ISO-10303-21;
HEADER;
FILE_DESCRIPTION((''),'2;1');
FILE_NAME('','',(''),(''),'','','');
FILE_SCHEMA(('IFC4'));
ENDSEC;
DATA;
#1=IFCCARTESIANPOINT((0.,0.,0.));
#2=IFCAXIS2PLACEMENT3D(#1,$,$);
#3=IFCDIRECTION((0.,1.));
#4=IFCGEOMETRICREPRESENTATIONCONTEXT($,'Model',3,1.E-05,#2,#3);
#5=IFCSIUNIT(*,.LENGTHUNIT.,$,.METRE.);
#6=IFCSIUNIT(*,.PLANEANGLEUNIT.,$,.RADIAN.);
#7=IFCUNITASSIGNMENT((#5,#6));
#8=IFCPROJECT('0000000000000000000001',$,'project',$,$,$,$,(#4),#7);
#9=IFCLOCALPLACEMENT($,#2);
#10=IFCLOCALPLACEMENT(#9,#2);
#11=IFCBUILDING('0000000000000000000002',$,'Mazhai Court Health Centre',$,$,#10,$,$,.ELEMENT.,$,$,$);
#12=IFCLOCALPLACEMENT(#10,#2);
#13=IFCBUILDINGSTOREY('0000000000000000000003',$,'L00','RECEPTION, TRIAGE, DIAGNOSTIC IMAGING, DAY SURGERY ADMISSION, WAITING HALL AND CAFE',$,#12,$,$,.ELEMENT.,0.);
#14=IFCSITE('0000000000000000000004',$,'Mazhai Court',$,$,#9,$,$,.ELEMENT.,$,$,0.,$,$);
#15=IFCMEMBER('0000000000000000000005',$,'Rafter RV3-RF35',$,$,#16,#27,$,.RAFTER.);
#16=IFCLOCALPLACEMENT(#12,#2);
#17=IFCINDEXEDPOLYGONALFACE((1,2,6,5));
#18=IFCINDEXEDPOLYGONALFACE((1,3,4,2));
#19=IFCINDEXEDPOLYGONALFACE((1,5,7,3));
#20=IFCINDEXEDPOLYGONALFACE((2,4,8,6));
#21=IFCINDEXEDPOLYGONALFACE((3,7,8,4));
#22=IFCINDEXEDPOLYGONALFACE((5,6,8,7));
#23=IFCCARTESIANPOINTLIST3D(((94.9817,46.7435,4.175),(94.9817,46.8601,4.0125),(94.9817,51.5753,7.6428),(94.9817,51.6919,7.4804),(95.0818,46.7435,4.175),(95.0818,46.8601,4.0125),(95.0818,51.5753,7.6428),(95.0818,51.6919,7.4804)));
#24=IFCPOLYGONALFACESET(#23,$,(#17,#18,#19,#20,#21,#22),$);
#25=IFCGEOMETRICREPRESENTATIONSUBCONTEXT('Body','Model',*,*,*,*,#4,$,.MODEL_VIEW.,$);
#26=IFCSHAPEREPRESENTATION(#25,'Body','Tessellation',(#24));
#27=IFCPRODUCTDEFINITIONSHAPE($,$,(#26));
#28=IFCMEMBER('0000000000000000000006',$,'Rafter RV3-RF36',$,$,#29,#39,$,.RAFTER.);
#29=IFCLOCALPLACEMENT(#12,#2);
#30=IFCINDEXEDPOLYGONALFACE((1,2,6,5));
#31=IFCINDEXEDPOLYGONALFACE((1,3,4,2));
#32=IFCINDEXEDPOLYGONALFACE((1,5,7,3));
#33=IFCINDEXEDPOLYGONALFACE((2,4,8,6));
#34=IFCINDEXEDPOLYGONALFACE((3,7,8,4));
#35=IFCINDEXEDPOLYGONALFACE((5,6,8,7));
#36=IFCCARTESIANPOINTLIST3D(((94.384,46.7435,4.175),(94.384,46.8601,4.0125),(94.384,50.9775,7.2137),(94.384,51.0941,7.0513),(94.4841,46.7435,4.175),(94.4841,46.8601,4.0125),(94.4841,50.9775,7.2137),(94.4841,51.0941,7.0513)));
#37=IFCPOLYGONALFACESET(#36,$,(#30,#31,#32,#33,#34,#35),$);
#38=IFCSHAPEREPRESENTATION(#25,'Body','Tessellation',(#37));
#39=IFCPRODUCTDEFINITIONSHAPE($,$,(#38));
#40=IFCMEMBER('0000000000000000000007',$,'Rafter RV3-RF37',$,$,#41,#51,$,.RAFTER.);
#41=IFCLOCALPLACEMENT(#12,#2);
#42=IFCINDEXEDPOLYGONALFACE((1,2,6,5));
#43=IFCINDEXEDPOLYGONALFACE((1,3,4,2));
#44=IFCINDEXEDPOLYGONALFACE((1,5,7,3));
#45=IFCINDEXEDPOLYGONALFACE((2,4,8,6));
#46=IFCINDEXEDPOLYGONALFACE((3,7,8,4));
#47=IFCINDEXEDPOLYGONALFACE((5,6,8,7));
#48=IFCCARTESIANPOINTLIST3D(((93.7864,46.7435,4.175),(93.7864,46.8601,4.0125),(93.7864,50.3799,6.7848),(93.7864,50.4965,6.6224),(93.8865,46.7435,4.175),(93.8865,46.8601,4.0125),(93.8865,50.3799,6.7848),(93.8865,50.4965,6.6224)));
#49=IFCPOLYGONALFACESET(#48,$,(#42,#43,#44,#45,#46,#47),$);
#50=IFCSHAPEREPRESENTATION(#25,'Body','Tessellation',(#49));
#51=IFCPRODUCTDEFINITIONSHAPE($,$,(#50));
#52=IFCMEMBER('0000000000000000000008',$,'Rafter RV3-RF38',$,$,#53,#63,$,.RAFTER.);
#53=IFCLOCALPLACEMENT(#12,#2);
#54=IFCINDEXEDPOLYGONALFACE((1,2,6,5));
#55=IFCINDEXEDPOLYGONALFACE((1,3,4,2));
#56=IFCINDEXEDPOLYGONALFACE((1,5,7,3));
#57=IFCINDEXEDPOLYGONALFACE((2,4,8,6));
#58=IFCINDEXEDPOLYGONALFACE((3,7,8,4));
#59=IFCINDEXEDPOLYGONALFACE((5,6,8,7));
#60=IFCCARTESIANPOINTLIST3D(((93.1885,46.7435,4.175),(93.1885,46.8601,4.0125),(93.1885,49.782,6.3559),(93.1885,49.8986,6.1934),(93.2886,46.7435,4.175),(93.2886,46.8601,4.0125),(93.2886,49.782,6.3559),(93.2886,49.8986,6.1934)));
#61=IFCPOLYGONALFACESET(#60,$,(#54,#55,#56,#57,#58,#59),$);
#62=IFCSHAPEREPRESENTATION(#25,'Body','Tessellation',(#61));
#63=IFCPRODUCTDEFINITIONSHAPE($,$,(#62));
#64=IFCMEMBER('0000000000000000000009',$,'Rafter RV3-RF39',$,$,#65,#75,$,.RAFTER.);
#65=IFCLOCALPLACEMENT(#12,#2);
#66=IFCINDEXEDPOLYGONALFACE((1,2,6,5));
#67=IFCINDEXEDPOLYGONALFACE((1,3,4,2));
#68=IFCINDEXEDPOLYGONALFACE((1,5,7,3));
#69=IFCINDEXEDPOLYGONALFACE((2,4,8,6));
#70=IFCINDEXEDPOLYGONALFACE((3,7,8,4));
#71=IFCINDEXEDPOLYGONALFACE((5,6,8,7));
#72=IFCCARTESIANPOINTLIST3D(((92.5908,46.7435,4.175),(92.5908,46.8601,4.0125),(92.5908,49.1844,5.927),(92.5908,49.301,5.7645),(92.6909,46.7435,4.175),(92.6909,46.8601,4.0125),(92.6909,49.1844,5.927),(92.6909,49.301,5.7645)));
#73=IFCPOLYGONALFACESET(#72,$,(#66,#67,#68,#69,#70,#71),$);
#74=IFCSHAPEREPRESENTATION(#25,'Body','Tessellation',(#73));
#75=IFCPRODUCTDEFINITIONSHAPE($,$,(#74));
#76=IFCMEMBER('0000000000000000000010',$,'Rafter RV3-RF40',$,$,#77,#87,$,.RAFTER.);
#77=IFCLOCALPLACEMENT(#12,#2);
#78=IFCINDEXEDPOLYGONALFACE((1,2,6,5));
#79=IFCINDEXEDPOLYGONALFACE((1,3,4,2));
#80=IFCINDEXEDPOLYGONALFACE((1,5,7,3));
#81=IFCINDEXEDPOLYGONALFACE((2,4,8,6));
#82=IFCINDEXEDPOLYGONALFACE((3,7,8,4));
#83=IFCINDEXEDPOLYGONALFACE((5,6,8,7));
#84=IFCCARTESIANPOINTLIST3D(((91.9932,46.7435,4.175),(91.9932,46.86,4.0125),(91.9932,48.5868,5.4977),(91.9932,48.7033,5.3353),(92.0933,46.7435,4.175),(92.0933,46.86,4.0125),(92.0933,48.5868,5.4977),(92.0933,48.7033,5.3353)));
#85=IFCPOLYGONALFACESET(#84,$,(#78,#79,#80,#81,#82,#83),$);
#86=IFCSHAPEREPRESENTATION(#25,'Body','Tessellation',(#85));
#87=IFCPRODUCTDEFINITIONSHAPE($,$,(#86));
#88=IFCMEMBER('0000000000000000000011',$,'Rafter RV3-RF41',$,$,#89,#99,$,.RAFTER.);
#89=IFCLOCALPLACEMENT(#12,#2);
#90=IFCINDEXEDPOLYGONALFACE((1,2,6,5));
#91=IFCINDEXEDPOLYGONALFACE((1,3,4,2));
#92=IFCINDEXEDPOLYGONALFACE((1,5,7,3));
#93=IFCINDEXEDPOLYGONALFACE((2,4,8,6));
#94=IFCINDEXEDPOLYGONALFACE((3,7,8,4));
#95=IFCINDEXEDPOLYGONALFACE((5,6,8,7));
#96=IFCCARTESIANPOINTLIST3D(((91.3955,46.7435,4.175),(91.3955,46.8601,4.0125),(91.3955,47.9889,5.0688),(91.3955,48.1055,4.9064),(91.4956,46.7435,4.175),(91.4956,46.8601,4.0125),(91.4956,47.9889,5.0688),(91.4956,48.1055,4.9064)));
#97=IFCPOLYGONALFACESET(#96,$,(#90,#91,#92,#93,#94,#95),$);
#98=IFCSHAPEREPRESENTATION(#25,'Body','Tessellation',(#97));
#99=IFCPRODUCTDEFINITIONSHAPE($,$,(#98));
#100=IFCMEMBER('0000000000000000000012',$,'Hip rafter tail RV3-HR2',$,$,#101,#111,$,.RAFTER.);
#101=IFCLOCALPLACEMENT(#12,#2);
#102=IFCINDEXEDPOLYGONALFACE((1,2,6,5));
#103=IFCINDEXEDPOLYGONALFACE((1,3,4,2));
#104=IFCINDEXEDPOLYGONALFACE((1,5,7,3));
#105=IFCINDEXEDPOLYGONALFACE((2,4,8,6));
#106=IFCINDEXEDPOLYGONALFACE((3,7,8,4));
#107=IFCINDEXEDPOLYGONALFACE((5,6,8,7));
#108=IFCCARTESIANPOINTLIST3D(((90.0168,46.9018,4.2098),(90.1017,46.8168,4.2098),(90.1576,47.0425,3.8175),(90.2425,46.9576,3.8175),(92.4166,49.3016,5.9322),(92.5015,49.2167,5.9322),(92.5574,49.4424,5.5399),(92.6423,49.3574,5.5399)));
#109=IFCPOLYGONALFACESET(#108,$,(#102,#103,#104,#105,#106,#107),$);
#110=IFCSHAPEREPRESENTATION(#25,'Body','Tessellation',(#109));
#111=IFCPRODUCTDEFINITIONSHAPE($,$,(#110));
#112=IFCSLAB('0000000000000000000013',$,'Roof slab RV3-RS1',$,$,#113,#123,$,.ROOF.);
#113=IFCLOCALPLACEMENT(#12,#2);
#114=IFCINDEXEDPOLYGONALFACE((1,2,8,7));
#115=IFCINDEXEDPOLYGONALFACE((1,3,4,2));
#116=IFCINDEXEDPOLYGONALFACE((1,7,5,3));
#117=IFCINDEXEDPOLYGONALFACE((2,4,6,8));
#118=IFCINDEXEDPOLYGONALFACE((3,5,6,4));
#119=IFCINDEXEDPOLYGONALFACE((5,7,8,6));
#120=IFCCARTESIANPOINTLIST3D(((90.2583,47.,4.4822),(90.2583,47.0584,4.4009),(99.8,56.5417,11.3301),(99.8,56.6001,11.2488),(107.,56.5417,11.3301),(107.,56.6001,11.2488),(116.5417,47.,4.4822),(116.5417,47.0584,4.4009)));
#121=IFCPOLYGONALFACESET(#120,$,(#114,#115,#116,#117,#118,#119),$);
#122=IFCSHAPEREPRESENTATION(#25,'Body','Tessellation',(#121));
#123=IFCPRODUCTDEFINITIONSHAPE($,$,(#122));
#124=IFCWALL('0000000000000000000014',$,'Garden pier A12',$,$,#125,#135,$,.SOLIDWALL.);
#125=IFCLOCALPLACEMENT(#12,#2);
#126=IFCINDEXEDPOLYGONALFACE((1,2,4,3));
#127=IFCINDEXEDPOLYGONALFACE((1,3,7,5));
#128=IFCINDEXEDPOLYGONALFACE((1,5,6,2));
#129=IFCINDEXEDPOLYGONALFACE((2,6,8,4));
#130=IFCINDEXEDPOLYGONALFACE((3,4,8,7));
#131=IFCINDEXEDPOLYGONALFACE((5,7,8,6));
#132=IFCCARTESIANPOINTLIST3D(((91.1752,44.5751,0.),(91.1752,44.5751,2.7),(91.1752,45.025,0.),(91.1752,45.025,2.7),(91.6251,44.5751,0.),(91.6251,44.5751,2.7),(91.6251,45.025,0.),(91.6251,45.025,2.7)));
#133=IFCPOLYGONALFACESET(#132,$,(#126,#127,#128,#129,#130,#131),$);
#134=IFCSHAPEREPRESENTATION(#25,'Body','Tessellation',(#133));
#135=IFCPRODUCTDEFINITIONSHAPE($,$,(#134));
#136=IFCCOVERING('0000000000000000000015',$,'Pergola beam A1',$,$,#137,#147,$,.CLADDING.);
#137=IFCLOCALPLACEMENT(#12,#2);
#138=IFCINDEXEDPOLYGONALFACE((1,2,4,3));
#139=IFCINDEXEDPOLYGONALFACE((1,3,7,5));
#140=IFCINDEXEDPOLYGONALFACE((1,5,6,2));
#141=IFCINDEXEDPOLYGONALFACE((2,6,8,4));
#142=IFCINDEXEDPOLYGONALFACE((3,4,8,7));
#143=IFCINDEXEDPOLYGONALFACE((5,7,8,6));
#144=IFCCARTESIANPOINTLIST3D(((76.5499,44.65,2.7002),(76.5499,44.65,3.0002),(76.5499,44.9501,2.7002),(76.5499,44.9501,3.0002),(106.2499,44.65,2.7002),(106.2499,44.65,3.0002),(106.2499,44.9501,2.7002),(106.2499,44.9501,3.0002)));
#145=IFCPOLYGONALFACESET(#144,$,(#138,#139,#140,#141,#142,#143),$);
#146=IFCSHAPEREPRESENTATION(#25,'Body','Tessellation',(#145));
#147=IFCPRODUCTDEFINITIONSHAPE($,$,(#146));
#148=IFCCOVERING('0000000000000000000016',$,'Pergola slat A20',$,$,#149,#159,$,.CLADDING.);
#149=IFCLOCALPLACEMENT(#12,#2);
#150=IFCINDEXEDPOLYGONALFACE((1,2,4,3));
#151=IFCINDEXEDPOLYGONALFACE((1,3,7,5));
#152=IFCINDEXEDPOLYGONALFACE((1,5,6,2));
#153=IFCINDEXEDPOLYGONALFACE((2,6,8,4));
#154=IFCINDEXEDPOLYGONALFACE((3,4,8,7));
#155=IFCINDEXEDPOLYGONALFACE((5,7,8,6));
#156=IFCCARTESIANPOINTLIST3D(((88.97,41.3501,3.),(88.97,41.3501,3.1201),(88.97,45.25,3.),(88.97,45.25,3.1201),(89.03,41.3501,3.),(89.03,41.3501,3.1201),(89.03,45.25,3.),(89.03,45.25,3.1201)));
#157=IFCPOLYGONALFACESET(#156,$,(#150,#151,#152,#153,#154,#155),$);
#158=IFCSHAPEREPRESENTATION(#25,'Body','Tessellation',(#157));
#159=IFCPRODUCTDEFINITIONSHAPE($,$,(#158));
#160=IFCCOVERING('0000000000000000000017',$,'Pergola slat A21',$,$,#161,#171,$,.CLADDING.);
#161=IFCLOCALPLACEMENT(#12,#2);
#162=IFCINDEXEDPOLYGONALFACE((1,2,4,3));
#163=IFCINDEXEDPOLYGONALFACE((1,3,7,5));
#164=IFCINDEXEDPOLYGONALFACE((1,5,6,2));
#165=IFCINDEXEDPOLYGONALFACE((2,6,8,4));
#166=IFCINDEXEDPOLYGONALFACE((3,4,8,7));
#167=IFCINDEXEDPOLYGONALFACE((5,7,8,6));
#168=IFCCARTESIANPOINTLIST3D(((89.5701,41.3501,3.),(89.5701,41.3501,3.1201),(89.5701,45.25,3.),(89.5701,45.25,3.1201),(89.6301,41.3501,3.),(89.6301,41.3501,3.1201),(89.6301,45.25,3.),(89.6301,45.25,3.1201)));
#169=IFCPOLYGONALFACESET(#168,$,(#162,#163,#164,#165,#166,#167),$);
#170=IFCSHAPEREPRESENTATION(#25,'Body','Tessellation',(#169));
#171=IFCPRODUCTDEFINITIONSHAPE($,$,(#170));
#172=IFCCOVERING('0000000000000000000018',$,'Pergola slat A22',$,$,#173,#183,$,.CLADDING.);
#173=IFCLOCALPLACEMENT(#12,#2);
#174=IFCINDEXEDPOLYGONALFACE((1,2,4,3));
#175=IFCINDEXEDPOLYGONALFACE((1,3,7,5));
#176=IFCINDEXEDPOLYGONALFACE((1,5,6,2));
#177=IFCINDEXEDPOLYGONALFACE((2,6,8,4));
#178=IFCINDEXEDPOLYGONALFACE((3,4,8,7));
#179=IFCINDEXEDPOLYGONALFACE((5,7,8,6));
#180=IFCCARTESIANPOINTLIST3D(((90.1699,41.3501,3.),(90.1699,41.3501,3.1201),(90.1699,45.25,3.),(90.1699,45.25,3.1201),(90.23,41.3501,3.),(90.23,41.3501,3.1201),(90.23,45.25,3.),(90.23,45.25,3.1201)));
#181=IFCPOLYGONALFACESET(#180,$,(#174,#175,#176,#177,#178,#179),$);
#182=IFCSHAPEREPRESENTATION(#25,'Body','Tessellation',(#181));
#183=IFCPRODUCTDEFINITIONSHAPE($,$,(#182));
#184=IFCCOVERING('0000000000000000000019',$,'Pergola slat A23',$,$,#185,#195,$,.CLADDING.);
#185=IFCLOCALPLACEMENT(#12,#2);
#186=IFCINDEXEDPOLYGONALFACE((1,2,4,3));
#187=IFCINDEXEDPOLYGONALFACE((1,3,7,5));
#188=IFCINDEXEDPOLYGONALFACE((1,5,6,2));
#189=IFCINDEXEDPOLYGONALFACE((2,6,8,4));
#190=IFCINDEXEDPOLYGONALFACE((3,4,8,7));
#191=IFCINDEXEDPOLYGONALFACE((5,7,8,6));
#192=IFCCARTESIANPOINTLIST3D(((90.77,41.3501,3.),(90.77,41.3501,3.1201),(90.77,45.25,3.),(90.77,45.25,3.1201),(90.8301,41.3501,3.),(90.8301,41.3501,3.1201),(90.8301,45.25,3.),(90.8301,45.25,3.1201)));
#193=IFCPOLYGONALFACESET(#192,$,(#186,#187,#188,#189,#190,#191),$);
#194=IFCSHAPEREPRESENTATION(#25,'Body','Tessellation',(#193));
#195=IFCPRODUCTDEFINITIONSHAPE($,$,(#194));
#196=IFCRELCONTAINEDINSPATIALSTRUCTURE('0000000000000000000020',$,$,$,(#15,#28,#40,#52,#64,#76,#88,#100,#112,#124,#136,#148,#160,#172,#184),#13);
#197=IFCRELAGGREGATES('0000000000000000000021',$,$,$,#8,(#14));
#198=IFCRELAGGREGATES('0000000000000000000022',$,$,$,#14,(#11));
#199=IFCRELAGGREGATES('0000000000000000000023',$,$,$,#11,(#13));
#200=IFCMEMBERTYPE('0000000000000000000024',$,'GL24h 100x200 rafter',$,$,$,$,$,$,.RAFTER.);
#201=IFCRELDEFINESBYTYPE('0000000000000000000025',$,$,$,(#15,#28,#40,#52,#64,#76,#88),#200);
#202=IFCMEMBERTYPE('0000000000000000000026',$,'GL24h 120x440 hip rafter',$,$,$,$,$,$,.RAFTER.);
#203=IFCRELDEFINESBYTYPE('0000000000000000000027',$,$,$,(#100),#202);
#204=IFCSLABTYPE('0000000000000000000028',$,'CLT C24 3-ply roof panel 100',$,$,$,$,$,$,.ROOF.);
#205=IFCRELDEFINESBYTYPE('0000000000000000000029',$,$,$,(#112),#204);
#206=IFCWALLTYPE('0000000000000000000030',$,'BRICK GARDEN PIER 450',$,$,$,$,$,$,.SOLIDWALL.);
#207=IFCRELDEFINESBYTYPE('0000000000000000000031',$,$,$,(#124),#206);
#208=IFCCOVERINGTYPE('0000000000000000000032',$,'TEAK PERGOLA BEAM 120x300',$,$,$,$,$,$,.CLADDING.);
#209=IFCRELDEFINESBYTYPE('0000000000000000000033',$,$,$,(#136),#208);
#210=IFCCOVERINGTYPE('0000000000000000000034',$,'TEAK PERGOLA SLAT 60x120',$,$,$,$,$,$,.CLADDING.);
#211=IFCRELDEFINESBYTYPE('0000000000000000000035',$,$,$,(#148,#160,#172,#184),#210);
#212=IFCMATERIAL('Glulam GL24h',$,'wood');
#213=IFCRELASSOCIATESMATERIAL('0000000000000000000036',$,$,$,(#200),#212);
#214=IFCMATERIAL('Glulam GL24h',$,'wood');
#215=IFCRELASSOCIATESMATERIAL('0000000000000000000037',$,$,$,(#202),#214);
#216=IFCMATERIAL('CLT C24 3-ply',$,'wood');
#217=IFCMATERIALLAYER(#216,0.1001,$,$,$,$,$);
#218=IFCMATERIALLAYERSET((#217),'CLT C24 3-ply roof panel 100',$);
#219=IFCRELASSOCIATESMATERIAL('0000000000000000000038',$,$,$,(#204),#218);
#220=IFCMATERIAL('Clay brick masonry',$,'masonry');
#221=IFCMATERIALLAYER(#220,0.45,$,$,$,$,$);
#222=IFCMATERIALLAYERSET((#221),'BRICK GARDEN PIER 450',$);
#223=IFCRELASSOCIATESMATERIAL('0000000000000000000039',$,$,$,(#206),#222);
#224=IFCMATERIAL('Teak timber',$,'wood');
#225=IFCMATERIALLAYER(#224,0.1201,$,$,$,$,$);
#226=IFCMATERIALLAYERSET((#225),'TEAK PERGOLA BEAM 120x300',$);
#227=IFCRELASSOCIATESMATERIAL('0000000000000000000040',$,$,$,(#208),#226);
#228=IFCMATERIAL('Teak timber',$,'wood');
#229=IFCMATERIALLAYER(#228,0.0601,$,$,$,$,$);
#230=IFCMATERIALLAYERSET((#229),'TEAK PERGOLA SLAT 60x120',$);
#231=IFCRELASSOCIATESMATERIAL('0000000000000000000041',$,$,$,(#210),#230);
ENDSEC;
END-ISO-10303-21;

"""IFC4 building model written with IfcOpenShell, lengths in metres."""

from ifc_helpers import new_model, si_unit, direction, frame, frame_2d, origin, origin_2d, place, context, subcontext, project, spatial, polyline, rectangle, outline, extrude, material, layer, layer_set, material_profile, profile_set, type_object, element, save


model = new_model("IFC4")

# Units and contexts
model_context = context("Model", 3, precision=1e-05, world=origin(), true_north=direction((0.0, 1.0)))
body_context = subcontext(model_context, "Body", "Model", "MODEL_VIEW")
ifc_project = project(units=[si_unit("LENGTHUNIT", "METRE"), si_unit("PLANEANGLEUNIT", "RADIAN")], contexts=[model_context])

# Site, building, storey
site_placement = place(None, origin())
site = spatial("IfcSite", under=ifc_project, at=site_placement, Name="Mazhai Court", CompositionType="ELEMENT", RefElevation=0.0)
building_placement = place(site_placement, origin())
building = spatial("IfcBuilding", under=site, at=building_placement, Name="Mazhai Court Health Centre", CompositionType="ELEMENT")
storey_placement = place(building_placement, origin())
storey = spatial("IfcBuildingStorey", under=building, at=storey_placement, Name="L00", Description="RECEPTION, TRIAGE, DIAGNOSTIC IMAGING, DAY SURGERY ADMISSION, WAITING HALL AND CAFE", CompositionType="ELEMENT", Elevation=0.0)

# Members
ifc_material_1 = material(Name="Glulam GL24h", Category="wood")
ifc_material_profile_1 = material_profile(ifc_material_1, rectangle(XDim=0.1001, YDim=0.2, at=origin_2d()), Name="GL24h 100x200")
ifc_profile_set_1 = profile_set([ifc_material_profile_1], Name="Glulam GL24h")
member_type_1 = type_object("IfcMemberType", Name="GL24h 100x200 rafter", PredefinedType="RAFTER", material=ifc_profile_set_1)
member_1_placement = place(storey_placement, frame((95.0317, 46.8018, 4.0938), z_axis=(0.0, 0.812419, 0.583073), x_axis=(-1.0, 0.0, 0.0)))
element("IfcMember", 1, at=member_1_placement, inside=storey, type_object=member_type_1, Name="Rafter RV3-RF35", PredefinedType="RAFTER", context=body_context, shape_type="SweptSolid", body=[
    extrude(rectangle(XDim=0.1001, YDim=0.2, at=origin_2d()), origin(), (0.0, 0.0, 1.0), 5.9475),
])
member_2_placement = place(storey_placement, frame((94.4341, 46.8018, 4.0938), z_axis=(0.0, 0.812421, 0.583071), x_axis=(-1.0, 0.0, 0.0)))
element("IfcMember", 2, at=member_2_placement, inside=storey, type_object=member_type_1, Name="Rafter RV3-RF36", PredefinedType="RAFTER", context=body_context, shape_type="SweptSolid", body=[
    extrude(rectangle(XDim=0.1001, YDim=0.2, at=origin_2d()), origin(), (0.0, 0.0, 1.0), 5.2117),
])
member_3_placement = place(storey_placement, frame((93.8364, 46.8018, 4.0938), z_axis=(0.0, 0.812423, 0.583068), x_axis=(-1.0, 0.0, 0.0)))
element("IfcMember", 3, at=member_3_placement, inside=storey, type_object=member_type_1, Name="Rafter RV3-RF37", PredefinedType="RAFTER", context=body_context, shape_type="SweptSolid", body=[
    extrude(rectangle(XDim=0.1001, YDim=0.2, at=origin_2d()), origin(), (0.0, 0.0, 1.0), 4.4761),
])
member_4_placement = place(storey_placement, frame((93.2385, 46.8018, 4.0938), z_axis=(0.0, 0.812404, 0.583095), x_axis=(-1.0, 0.0, 0.0)))
element("IfcMember", 4, at=member_4_placement, inside=storey, type_object=member_type_1, Name="Rafter RV3-RF38", PredefinedType="RAFTER", context=body_context, shape_type="SweptSolid", body=[
    extrude(rectangle(XDim=0.1001, YDim=0.2, at=origin_2d()), origin(), (0.0, 0.0, 1.0), 3.7402),
])
member_5_placement = place(storey_placement, frame((92.6409, 46.8018, 4.0938), z_axis=(0.0, 0.812403, 0.583097), x_axis=(-1.0, 0.0, 0.0)))
element("IfcMember", 5, at=member_5_placement, inside=storey, type_object=member_type_1, Name="Rafter RV3-RF39", PredefinedType="RAFTER", context=body_context, shape_type="SweptSolid", body=[
    extrude(rectangle(XDim=0.1001, YDim=0.2, at=origin_2d()), origin(), (0.0, 0.0, 1.0), 3.0046),
])
member_6_placement = place(storey_placement, frame((92.0432, 46.8018, 4.0938), z_axis=(0.0, 0.812452, 0.583028), x_axis=(-1.0, 0.0, 0.0)))
element("IfcMember", 6, at=member_6_placement, inside=storey, type_object=member_type_1, Name="Rafter RV3-RF40", PredefinedType="RAFTER", context=body_context, shape_type="SweptSolid", body=[
    extrude(rectangle(XDim=0.1001, YDim=0.2, at=origin_2d()), origin(), (0.0, 0.0, 1.0), 2.2688),
])
member_7_placement = place(storey_placement, frame((91.4456, 46.8018, 4.0938), z_axis=(0.0, 0.812419, 0.583075), x_axis=(-1.0, 0.0, 0.0)))
element("IfcMember", 7, at=member_7_placement, inside=storey, type_object=member_type_1, Name="Rafter RV3-RF41", PredefinedType="RAFTER", context=body_context, shape_type="SweptSolid", body=[
    extrude(rectangle(XDim=0.1001, YDim=0.2, at=origin_2d()), origin(), (0.0, 0.0, 1.0), 1.533),
])
ifc_material_2 = material(Name="Glulam GL24h", Category="wood")
ifc_material_profile_2 = material_profile(ifc_material_2, rectangle(XDim=0.1201, YDim=0.4399, at=origin_2d()), Name="GL24h 120x440")
ifc_profile_set_2 = profile_set([ifc_material_profile_2], Name="Glulam GL24h")
member_type_2 = type_object("IfcMemberType", Name="GL24h 120x440 hip rafter", PredefinedType="RAFTER", material=ifc_profile_set_2)
member_8_placement = place(storey_placement, frame((90.1296, 46.9297, 4.0137), z_axis=(0.630555, 0.630555, 0.45255), x_axis=(-0.707107, 0.707107, 0.0)))
element("IfcMember", 8, at=member_8_placement, inside=storey, type_object=member_type_2, Name="Hip rafter tail RV3-HR2", PredefinedType="RAFTER", context=body_context, shape_type="SweptSolid", body=[
    extrude(rectangle(XDim=0.1201, YDim=0.4399, at=origin_2d()), origin(), (0.0, 0.0, 1.0), 3.8059),
])

# Slab
ifc_material_3 = material(Name="CLT C24 3-ply", Category="wood")
ifc_layer_1 = layer(ifc_material_3, 0.1001)
ifc_layer_set_1 = layer_set([ifc_layer_1], Name="CLT C24 3-ply roof panel 100")
slab_type = type_object("IfcSlabType", Name="CLT C24 3-ply roof panel 100", PredefinedType="ROOF", material=ifc_layer_set_1)
slab_placement = place(storey_placement, frame((90.2583, 47.0, 4.4822), z_axis=(0.0, -0.583062, 0.812428), x_axis=(1.0, 0.0, 0.0)))
element("IfcSlab", 9, at=slab_placement, inside=storey, type_object=slab_type, Name="Roof slab RV3-RS1", PredefinedType="ROOF", context=body_context, shape_type="SweptSolid", body=[
    extrude(outline(polyline([(0.0, 0.0), (26.2834, 0.0), (16.7417, 11.7447), (9.5417, 11.7447), (0.0, 0.0)])), origin(), (0.0, 0.0, -1.0), 0.1001),
])

# Wall
ifc_material_4 = material(Name="Clay brick masonry", Category="masonry")
ifc_layer_2 = layer(ifc_material_4, 0.45)
ifc_layer_set_2 = layer_set([ifc_layer_2], Name="BRICK GARDEN PIER 450")
wall_type = type_object("IfcWallType", Name="BRICK GARDEN PIER 450", PredefinedType="SOLIDWALL", material=ifc_layer_set_2)
wall_placement = place(storey_placement, frame((91.175, 44.8, 0.0), z_axis=(0.0, 0.0, 1.0), x_axis=(1.0, 0.0, 0.0)))
element("IfcWall", 10, at=wall_placement, inside=storey, type_object=wall_type, Name="Garden pier A12", PredefinedType="SOLIDWALL", context=body_context, shape_type="SweptSolid", body=[
    extrude(rectangle(XDim=0.45, YDim=0.45, at=frame_2d((0.2251, 0.0))), origin(), (0.0, 0.0, 1.0), 2.7),
])

# Coverings
ifc_material_5 = material(Name="Teak timber", Category="wood")
ifc_layer_3 = layer(ifc_material_5, 0.1201)
ifc_layer_set_3 = layer_set([ifc_layer_3], Name="TEAK PERGOLA BEAM 120x300")
covering_type_1 = type_object("IfcCoveringType", Name="TEAK PERGOLA BEAM 120x300", PredefinedType="CLADDING", material=ifc_layer_set_3)
covering_placement = place(storey_placement, frame((91.3999, 44.8, 2.7002), z_axis=(0.0, 0.0, 1.0), x_axis=(1.0, 0.0, 0.0)))
element("IfcCovering", 11, at=covering_placement, inside=storey, type_object=covering_type_1, Name="Pergola beam A1", PredefinedType="CLADDING", context=body_context, shape_type="SweptSolid", body=[
    extrude(rectangle(XDim=29.7, YDim=0.3, at=origin_2d()), origin(), (0.0, 0.0, 1.0), 0.3),
])
ifc_material_6 = material(Name="Teak timber", Category="wood")
ifc_layer_4 = layer(ifc_material_6, 0.0601)
ifc_layer_set_4 = layer_set([ifc_layer_4], Name="TEAK PERGOLA SLAT 60x120")
covering_type_2 = type_object("IfcCoveringType", Name="TEAK PERGOLA SLAT 60x120", PredefinedType="CLADDING", material=ifc_layer_set_4)
for number, where, z_axis, x_axis, name in (
    (12, (89.0, 43.3, 3.0), (0.0, 0.0, 1.0), (1.0, 0.0, 0.0), "Pergola slat A20"),
    (13, (89.6001, 43.3, 3.0), (0.0, 0.0, 1.0), (1.0, 0.0, 0.0), "Pergola slat A21"),
    (14, (90.2, 43.3, 3.0), (0.0, 0.0, 1.0), (1.0, 0.0, 0.0), "Pergola slat A22"),
    (15, (90.8, 43.3, 3.0), (0.0, 0.0, 1.0), (1.0, 0.0, 0.0), "Pergola slat A23"),
):
    element("IfcCovering", number, at=place(storey_placement, frame(where, z_axis=z_axis, x_axis=x_axis)), inside=storey, type_object=covering_type_2, Name=name, PredefinedType="CLADDING", context=body_context, shape_type="SweptSolid", body=[
        extrude(rectangle(XDim=0.0601, YDim=3.8999, at=origin_2d()), origin(), (0.0, 0.0, 1.0), 0.1201),
    ])

save(model, "model.ifc")
